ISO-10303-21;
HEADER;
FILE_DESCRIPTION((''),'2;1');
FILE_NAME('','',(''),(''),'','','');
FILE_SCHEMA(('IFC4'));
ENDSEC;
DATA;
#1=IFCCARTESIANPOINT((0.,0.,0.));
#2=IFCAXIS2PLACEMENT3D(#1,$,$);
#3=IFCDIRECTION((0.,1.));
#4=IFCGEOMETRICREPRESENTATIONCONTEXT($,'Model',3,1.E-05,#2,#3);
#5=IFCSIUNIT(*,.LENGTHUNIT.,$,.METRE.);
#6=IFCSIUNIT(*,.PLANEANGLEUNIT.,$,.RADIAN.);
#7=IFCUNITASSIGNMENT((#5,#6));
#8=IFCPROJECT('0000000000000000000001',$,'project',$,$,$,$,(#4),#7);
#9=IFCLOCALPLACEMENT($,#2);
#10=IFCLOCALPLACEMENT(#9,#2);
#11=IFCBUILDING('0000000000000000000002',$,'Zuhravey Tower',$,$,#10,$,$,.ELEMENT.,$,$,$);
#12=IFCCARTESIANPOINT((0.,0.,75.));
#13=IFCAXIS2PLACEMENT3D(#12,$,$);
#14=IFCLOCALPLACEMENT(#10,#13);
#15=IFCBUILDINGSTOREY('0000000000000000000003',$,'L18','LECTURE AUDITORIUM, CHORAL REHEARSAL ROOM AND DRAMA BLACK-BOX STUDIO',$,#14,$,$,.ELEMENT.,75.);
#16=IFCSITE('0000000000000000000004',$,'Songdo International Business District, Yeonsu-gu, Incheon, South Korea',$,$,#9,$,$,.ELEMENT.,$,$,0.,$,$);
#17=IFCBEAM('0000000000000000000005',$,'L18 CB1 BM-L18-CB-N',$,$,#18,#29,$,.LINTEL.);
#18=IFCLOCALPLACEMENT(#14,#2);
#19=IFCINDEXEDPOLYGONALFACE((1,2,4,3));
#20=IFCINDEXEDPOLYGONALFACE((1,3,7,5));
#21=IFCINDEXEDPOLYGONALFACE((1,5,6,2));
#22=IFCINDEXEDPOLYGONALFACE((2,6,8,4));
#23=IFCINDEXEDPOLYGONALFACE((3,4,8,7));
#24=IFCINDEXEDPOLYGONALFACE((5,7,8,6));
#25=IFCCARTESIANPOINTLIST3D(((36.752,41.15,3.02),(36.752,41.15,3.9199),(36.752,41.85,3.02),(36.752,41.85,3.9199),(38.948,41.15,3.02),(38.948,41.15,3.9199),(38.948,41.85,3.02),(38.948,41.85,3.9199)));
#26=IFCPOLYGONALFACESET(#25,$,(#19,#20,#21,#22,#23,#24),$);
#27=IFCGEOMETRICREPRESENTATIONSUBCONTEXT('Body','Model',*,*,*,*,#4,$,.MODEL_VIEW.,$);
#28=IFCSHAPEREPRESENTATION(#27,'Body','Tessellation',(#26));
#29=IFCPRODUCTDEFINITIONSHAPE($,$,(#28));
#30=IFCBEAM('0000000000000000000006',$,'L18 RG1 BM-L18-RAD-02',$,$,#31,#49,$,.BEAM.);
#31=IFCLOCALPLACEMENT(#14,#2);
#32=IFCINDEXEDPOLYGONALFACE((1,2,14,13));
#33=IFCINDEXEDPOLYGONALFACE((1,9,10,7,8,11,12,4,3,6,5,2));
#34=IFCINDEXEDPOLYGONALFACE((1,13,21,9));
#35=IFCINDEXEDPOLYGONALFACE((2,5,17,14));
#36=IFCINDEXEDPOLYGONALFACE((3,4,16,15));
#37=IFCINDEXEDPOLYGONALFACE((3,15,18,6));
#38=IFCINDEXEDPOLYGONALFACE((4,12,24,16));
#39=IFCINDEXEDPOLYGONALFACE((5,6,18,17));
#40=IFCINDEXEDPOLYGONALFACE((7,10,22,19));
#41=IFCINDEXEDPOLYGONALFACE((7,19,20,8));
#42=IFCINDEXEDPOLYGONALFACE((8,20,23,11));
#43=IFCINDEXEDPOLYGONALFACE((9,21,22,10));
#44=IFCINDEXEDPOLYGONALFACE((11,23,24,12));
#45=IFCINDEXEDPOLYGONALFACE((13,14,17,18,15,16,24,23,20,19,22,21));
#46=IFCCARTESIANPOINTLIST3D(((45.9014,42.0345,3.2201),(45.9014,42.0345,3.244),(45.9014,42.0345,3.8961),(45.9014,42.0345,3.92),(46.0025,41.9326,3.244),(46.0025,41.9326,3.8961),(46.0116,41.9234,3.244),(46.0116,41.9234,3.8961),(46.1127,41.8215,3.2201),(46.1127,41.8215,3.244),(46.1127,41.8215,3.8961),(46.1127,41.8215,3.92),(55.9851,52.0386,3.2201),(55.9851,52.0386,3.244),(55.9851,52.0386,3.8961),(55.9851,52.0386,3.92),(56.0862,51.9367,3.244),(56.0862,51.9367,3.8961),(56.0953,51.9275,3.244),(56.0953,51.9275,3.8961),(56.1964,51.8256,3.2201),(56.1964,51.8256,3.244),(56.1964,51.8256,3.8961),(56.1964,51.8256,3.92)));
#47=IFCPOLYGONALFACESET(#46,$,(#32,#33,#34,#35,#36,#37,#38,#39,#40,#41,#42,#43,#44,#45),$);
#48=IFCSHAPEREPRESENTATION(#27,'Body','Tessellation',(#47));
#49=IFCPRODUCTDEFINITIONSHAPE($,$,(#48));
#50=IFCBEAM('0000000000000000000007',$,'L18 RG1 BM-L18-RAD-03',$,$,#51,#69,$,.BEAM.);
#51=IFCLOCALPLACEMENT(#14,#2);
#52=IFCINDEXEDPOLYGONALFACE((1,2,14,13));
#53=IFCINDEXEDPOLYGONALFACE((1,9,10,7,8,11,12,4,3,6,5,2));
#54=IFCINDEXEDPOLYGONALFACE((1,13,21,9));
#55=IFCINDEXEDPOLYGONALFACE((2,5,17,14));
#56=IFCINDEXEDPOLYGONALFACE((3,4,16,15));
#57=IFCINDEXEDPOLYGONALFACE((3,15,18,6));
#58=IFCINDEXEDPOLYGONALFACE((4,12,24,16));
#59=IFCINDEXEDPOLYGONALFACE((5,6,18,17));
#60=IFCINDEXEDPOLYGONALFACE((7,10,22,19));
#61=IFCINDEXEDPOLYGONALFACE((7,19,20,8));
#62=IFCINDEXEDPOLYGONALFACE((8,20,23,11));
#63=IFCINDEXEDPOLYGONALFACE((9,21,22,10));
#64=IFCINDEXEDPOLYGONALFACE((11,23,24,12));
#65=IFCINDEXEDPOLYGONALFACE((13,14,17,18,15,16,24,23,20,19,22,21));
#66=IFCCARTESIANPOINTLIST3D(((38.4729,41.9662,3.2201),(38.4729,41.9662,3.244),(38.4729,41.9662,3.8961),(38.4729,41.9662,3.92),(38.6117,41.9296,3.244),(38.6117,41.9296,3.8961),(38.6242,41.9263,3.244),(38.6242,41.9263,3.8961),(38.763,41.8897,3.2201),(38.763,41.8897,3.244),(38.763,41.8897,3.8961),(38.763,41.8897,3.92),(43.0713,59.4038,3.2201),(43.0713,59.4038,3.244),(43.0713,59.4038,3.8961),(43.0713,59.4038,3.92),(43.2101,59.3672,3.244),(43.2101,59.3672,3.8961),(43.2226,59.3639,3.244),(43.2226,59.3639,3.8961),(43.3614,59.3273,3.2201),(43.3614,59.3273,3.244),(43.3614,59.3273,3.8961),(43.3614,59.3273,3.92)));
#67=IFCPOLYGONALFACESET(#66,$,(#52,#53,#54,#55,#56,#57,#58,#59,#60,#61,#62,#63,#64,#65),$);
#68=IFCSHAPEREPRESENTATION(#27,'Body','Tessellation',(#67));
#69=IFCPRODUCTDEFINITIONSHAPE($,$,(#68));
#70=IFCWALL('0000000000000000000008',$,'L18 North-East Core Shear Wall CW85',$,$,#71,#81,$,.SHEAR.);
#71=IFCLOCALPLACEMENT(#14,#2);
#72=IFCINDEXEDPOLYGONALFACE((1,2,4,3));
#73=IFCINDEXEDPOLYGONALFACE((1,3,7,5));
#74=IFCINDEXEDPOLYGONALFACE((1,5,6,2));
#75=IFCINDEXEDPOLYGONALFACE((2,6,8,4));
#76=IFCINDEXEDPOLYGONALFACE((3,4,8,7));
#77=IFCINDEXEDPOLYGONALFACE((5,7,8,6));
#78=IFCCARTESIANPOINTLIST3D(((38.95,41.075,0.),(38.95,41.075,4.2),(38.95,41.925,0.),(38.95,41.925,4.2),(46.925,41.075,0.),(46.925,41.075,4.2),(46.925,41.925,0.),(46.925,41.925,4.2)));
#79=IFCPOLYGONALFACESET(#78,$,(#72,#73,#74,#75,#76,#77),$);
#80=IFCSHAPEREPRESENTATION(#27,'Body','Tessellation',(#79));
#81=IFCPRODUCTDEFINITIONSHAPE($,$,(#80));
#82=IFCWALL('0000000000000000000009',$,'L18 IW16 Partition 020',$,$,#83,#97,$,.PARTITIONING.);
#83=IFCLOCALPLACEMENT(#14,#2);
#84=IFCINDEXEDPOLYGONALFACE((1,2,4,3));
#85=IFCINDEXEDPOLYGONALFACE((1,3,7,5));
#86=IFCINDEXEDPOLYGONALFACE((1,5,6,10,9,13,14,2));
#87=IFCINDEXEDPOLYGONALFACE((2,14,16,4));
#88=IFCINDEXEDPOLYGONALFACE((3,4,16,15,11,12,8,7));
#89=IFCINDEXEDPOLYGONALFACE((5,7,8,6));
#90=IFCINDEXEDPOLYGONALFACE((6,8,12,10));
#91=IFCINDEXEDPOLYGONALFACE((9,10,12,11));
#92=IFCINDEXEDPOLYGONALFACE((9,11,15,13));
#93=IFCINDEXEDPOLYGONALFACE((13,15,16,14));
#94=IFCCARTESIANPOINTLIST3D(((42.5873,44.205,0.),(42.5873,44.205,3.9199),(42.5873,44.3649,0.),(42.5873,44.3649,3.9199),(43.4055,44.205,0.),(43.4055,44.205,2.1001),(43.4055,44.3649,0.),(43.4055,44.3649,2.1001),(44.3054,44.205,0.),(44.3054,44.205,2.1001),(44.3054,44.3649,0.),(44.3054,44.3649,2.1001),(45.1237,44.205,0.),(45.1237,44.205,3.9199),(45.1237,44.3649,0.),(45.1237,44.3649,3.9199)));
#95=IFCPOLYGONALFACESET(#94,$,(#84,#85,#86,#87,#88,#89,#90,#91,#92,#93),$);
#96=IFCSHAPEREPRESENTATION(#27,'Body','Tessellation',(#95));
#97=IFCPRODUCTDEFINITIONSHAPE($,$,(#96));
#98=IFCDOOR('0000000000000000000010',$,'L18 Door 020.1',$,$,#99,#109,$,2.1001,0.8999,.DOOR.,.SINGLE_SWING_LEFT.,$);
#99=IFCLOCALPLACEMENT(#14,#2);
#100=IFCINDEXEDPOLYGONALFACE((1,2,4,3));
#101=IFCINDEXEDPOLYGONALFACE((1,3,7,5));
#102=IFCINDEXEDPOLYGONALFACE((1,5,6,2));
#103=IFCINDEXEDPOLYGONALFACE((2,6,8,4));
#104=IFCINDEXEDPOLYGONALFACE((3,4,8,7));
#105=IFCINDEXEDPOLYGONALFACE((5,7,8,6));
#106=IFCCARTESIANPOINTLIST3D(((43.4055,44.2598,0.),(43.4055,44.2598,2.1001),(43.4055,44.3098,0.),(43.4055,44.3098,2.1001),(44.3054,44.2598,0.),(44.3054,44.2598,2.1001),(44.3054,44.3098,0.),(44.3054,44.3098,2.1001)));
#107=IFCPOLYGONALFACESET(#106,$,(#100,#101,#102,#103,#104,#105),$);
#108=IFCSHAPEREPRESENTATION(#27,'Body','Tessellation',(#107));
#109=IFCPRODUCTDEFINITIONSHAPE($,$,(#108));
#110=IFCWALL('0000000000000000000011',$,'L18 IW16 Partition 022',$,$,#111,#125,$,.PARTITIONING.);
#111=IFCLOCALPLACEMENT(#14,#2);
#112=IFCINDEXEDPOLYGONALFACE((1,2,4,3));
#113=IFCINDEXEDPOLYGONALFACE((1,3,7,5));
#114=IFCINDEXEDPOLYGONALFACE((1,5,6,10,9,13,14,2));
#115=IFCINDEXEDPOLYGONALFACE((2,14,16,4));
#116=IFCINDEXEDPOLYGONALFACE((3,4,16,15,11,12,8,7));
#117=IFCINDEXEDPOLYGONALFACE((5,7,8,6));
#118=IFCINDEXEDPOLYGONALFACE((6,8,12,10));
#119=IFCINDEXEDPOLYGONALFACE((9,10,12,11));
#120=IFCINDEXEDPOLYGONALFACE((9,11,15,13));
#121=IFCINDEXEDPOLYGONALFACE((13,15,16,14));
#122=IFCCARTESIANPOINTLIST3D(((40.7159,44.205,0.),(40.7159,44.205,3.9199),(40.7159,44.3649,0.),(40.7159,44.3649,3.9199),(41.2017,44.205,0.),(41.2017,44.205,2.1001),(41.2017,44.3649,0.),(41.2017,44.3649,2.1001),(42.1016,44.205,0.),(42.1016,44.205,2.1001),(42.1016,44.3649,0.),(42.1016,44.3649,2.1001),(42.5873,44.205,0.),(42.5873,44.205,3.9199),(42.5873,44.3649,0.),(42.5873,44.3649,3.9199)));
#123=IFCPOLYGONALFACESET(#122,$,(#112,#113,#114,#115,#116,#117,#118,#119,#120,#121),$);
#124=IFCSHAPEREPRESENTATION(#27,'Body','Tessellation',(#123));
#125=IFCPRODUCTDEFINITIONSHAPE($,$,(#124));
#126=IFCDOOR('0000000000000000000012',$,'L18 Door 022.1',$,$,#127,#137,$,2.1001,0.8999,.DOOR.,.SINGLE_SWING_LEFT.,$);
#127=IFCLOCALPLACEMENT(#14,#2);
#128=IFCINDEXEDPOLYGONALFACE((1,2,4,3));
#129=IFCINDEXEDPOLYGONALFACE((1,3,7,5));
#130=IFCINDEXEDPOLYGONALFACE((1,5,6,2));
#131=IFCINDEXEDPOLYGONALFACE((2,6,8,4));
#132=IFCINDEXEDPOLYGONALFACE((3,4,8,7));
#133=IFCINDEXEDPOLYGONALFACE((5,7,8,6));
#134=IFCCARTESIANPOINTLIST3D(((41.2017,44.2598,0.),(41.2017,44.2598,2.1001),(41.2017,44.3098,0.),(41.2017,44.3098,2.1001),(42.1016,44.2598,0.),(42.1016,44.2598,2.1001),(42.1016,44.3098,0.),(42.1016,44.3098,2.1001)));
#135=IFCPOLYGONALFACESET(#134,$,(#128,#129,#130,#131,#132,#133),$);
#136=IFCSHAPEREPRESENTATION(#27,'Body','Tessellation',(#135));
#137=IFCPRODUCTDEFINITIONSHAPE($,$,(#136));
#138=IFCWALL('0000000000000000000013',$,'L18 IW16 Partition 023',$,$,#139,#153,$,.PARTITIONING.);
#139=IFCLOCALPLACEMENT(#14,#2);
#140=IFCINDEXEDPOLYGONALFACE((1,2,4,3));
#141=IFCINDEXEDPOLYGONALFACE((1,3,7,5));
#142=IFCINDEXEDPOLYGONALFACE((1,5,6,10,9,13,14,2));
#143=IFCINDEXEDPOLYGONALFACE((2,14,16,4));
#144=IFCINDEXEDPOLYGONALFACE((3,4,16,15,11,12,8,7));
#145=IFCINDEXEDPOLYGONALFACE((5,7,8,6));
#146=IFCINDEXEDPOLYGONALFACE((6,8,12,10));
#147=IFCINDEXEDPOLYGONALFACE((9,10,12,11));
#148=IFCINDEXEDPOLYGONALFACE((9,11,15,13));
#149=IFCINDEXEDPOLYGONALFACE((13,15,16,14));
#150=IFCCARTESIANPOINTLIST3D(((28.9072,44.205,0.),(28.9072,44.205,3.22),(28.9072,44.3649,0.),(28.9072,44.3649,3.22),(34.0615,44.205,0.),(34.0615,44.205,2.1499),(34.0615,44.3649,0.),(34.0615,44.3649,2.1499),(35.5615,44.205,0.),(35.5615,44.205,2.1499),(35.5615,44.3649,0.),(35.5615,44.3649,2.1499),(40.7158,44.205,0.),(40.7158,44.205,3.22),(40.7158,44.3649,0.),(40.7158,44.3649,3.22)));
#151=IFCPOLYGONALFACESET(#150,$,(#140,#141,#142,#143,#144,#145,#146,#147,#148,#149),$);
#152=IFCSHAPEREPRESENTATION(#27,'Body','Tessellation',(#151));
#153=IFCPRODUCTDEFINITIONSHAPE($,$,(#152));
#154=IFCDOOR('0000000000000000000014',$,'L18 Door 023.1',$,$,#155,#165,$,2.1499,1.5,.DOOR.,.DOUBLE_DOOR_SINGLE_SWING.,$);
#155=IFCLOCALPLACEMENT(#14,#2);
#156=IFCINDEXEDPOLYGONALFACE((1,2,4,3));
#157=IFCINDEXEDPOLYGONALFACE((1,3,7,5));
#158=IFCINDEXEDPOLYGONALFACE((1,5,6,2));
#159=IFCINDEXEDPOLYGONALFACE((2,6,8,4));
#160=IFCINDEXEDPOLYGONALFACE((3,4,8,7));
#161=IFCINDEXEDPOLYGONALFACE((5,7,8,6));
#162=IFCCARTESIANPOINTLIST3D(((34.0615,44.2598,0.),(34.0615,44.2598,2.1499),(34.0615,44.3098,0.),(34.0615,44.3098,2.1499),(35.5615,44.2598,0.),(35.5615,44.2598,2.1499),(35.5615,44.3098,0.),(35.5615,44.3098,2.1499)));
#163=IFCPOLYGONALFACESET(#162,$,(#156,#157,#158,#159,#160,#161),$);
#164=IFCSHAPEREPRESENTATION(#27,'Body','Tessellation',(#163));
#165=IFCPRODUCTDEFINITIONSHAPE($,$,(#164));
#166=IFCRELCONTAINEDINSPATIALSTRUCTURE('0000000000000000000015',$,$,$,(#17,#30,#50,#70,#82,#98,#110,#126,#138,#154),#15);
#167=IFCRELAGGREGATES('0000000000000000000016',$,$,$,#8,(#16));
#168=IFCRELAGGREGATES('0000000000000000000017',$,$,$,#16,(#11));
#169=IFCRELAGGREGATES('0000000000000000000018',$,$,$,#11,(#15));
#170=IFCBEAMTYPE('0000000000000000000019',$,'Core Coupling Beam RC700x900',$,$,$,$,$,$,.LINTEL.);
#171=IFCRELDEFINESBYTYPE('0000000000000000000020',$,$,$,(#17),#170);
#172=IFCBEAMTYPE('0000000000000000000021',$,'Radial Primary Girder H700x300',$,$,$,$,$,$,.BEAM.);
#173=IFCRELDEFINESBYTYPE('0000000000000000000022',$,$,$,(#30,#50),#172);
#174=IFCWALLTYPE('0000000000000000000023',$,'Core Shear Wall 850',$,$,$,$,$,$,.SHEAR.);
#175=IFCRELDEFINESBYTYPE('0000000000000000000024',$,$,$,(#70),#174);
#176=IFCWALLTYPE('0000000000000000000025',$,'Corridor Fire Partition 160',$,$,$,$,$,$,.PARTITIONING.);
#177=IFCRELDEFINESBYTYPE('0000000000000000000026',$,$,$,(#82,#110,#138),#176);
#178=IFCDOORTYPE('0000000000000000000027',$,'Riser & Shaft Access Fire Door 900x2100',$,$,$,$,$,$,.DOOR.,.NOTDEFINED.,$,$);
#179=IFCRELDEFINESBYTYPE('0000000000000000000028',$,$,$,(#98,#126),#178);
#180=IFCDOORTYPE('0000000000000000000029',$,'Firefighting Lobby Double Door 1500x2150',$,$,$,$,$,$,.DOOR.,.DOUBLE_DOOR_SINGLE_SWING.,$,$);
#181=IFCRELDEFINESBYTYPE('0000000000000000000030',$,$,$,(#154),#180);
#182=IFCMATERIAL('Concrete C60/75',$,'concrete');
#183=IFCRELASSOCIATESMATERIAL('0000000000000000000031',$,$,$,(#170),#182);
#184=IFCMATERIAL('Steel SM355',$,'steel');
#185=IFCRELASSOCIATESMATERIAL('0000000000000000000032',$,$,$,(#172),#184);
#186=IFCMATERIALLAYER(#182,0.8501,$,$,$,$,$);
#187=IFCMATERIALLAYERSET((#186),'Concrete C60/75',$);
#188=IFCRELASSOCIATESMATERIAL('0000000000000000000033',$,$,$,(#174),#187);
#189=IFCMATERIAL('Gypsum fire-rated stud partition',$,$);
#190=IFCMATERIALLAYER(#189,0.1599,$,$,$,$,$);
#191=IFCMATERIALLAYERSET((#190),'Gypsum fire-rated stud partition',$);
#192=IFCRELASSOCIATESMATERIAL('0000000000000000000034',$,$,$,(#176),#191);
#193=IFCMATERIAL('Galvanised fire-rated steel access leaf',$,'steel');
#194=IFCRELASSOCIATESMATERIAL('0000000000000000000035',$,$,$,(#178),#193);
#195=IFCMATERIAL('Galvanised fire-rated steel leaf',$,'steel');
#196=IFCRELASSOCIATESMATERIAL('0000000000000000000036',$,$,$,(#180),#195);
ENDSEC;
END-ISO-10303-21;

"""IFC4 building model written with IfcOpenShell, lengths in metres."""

from ifc_helpers import new_model, si_unit, direction, frame, frame_2d, origin, origin_2d, place, context, subcontext, project, spatial, rectangle, i_section, extrude, material, layer, layer_set, material_profile, profile_set, type_object, element, fill, save


model = new_model("IFC4")

# Units and contexts
model_context = context("Model", 3, precision=1e-05, world=origin(), true_north=direction((0.0, 1.0)))
body_context = subcontext(model_context, "Body", "Model", "MODEL_VIEW")
ifc_project = project(units=[si_unit("LENGTHUNIT", "METRE"), si_unit("PLANEANGLEUNIT", "RADIAN")], contexts=[model_context])

# Site, building, storey
site_placement = place(None, origin())
site = spatial("IfcSite", under=ifc_project, at=site_placement, Name="Songdo International Business District, Yeonsu-gu, Incheon, South Korea", CompositionType="ELEMENT", RefElevation=0.0)
building_placement = place(site_placement, origin())
building = spatial("IfcBuilding", under=site, at=building_placement, Name="Zuhravey Tower", CompositionType="ELEMENT")
storey_placement = place(building_placement, frame((0.0, 0.0, 75.0)))
storey = spatial("IfcBuildingStorey", under=building, at=storey_placement, Name="L18", Description="LECTURE AUDITORIUM, CHORAL REHEARSAL ROOM AND DRAMA BLACK-BOX STUDIO", CompositionType="ELEMENT", Elevation=75.0)

# Beams
ifc_material_1 = material(Name="Concrete C60/75", Category="concrete")
ifc_material_profile_1 = material_profile(ifc_material_1, rectangle(XDim=0.7, YDim=0.8999, at=origin_2d()), Name="RC-700x900")
ifc_profile_set_1 = profile_set([ifc_material_profile_1], Name="Concrete C60/75")
beam_type_1 = type_object("IfcBeamType", Name="Core Coupling Beam RC700x900", PredefinedType="LINTEL", material=ifc_profile_set_1)
beam_1_placement = place(storey_placement, frame((36.752, 41.5, 3.47), z_axis=(1.0, 0.0, 0.0), x_axis=(0.0, 1.0, 0.0)))
element("IfcBeam", 1, at=beam_1_placement, inside=storey, type_object=beam_type_1, Name="L18 CB1 BM-L18-CB-N", PredefinedType="LINTEL", context=body_context, shape_type="SweptSolid", body=[
    extrude(rectangle(XDim=0.7, YDim=0.8999, at=origin_2d()), origin(), (0.0, 0.0, 1.0), 2.196),
])
ifc_material_2 = material(Name="Steel SM355", Category="steel")
ifc_material_profile_2 = material_profile(ifc_material_2, i_section(OverallWidth=0.3, OverallDepth=0.7, WebThickness=0.0129, FlangeThickness=0.0239, at=origin_2d()), Name="H-700x300x13x24")
ifc_profile_set_2 = profile_set([ifc_material_profile_2], Name="Steel SM355")
beam_type_2 = type_object("IfcBeamType", Name="Radial Primary Girder H700x300", PredefinedType="BEAM", material=ifc_profile_set_2)
beam_2_placement = place(storey_placement, frame((46.0071, 41.928, 3.5701), z_axis=(0.709903, 0.7043, 0.0), x_axis=(-0.7043, 0.709903, 0.0)))
element("IfcBeam", 2, at=beam_2_placement, inside=storey, type_object=beam_type_2, Name="L18 RG1 BM-L18-RAD-02", PredefinedType="BEAM", context=body_context, shape_type="SweptSolid", body=[
    extrude(i_section(OverallWidth=0.3, OverallDepth=0.7, WebThickness=0.0129, FlangeThickness=0.0239, at=origin_2d()), origin(), (0.0, 0.0, 1.0), 14.2043),
])
beam_3_placement = place(storey_placement, frame((38.6179, 41.928, 3.5701), z_axis=(0.25499, 0.966944, 0.0), x_axis=(-0.966944, 0.25499, 0.0)))
element("IfcBeam", 3, at=beam_3_placement, inside=storey, type_object=beam_type_2, Name="L18 RG1 BM-L18-RAD-03", PredefinedType="BEAM", context=body_context, shape_type="SweptSolid", body=[
    extrude(i_section(OverallWidth=0.3, OverallDepth=0.7, WebThickness=0.0129, FlangeThickness=0.0239, at=origin_2d()), origin(), (0.0, 0.0, 1.0), 18.0337),
])

# Wall
ifc_layer_1 = layer(ifc_material_1, 0.8501)
ifc_layer_set_1 = layer_set([ifc_layer_1], Name="Concrete C60/75")
wall_type_1 = type_object("IfcWallType", Name="Core Shear Wall 850", PredefinedType="SHEAR", material=ifc_layer_set_1)
wall_1_placement = place(storey_placement, frame((46.925, 41.5, 0.0), z_axis=(0.0, 0.0, 1.0), x_axis=(-1.0, 0.0, 0.0)))
element("IfcWall", 4, at=wall_1_placement, inside=storey, type_object=wall_type_1, Name="L18 North-East Core Shear Wall CW85", PredefinedType="SHEAR", context=body_context, shape_type="SweptSolid", body=[
    extrude(rectangle(XDim=7.9751, YDim=0.8501, at=frame_2d((3.9875, 0.0))), origin(), (0.0, 0.0, 1.0), 4.2),
])

# Walls, openings, doors
ifc_material_3 = material(Name="Galvanised fire-rated steel leaf", Category="steel")
ifc_material_4 = material(Name="Gypsum fire-rated stud partition")
ifc_layer_2 = layer(ifc_material_4, 0.1599)
ifc_layer_set_2 = layer_set([ifc_layer_2], Name="Gypsum fire-rated stud partition")
wall_type_2 = type_object("IfcWallType", Name="Corridor Fire Partition 160", PredefinedType="PARTITIONING", material=ifc_layer_set_2)
wall_2_placement = place(storey_placement, frame((45.1235, 44.2849, 0.0), z_axis=(0.0, 0.0, 1.0), x_axis=(-1.0, 0.0, 0.0)))
wall_2 = element("IfcWall", 5, at=wall_2_placement, inside=storey, type_object=wall_type_2, Name="L18 IW16 Partition 020", PredefinedType="PARTITIONING", context=body_context, shape_type="SweptSolid", body=[
    extrude(rectangle(XDim=2.5364, YDim=0.1599, at=frame_2d((1.2681, 0.0))), origin(), (0.0, 0.0, 1.0), 3.9199),
])
opening_1_placement = place(wall_2_placement, frame((0.8181, 0.0, 0.0)))
opening_1 = element("IfcOpeningElement", 6, at=opening_1_placement, cuts=wall_2, PredefinedType="OPENING", context=body_context, shape_type="SweptSolid", body=[
    extrude(rectangle(XDim=0.8999, YDim=2.1001, at=frame_2d((0.45, 1.05))), frame((0.0, 0.092, 0.0), z_axis=(0.0, -1.0, 0.0), x_axis=(1.0, 0.0, 0.0)), (0.0, 0.0, 1.0), 0.1838),
])
ifc_material_5 = material(Name="Galvanised fire-rated steel access leaf", Category="steel")
door_type_1 = type_object("IfcDoorType", Name="Riser & Shaft Access Fire Door 900x2100", OperationType="NOTDEFINED", PredefinedType="DOOR", material=ifc_material_5)
door_1_placement = place(opening_1_placement, frame((0.8999, 0.0, 0.0), z_axis=(0.0, 0.0, 1.0), x_axis=(-1.0, 0.0, 0.0)))
door_1 = element("IfcDoor", 7, at=door_1_placement, inside=storey, type_object=door_type_1, Name="L18 Door 020.1", OperationType="SINGLE_SWING_LEFT", OverallHeight=2.1001, OverallWidth=0.8999, PredefinedType="DOOR", context=body_context, shape_type="SweptSolid", body=[
    extrude(rectangle(XDim=0.8999, YDim=2.1001, at=frame_2d((0.45, 1.05))), frame((0.0, 0.0249, 0.0), z_axis=(0.0, -1.0, 0.0), x_axis=(1.0, 0.0, 0.0)), (0.0, 0.0, 1.0), 0.05),
])
fill(opening_1, door_1)
wall_3_placement = place(storey_placement, frame((42.5872, 44.2849, 0.0), z_axis=(0.0, 0.0, 1.0), x_axis=(-1.0, 0.0, 0.0)))
wall_3 = element("IfcWall", 8, at=wall_3_placement, inside=storey, type_object=wall_type_2, Name="L18 IW16 Partition 022", PredefinedType="PARTITIONING", context=body_context, shape_type="SweptSolid", body=[
    extrude(rectangle(XDim=1.8713, YDim=0.1599, at=frame_2d((0.9355, 0.0))), origin(), (0.0, 0.0, 1.0), 3.9199),
])
opening_2_placement = place(wall_3_placement, frame((0.4856, 0.0, 0.0)))
opening_2 = element("IfcOpeningElement", 9, at=opening_2_placement, cuts=wall_3, PredefinedType="OPENING", context=body_context, shape_type="SweptSolid", body=[
    extrude(rectangle(XDim=0.8999, YDim=2.1001, at=frame_2d((0.45, 1.05))), frame((0.0, 0.092, 0.0), z_axis=(0.0, -1.0, 0.0), x_axis=(1.0, 0.0, 0.0)), (0.0, 0.0, 1.0), 0.1838),
])
door_2_placement = place(opening_2_placement, frame((0.8999, 0.0, 0.0), z_axis=(0.0, 0.0, 1.0), x_axis=(-1.0, 0.0, 0.0)))
door_2 = element("IfcDoor", 10, at=door_2_placement, inside=storey, type_object=door_type_1, Name="L18 Door 022.1", OperationType="SINGLE_SWING_LEFT", OverallHeight=2.1001, OverallWidth=0.8999, PredefinedType="DOOR", context=body_context, shape_type="SweptSolid", body=[
    extrude(rectangle(XDim=0.8999, YDim=2.1001, at=frame_2d((0.45, 1.05))), frame((0.0, 0.0249, 0.0), z_axis=(0.0, -1.0, 0.0), x_axis=(1.0, 0.0, 0.0)), (0.0, 0.0, 1.0), 0.05),
])
fill(opening_2, door_2)
wall_4_placement = place(storey_placement, frame((40.7158, 44.2849, 0.0), z_axis=(0.0, 0.0, 1.0), x_axis=(-1.0, 0.0, 0.0)))
wall_4 = element("IfcWall", 11, at=wall_4_placement, inside=storey, type_object=wall_type_2, Name="L18 IW16 Partition 023", PredefinedType="PARTITIONING", context=body_context, shape_type="SweptSolid", body=[
    extrude(rectangle(XDim=11.8086, YDim=0.1599, at=frame_2d((5.9043, 0.0))), origin(), (0.0, 0.0, 1.0), 3.22),
])
opening_3_placement = place(wall_4_placement, frame((5.1543, 0.0, 0.0)))
opening_3 = element("IfcOpeningElement", 12, at=opening_3_placement, cuts=wall_4, PredefinedType="OPENING", context=body_context, shape_type="SweptSolid", body=[
    extrude(rectangle(XDim=1.5, YDim=2.1499, at=frame_2d((0.75, 1.075))), frame((0.0, 0.092, 0.0), z_axis=(0.0, -1.0, 0.0), x_axis=(1.0, 0.0, 0.0)), (0.0, 0.0, 1.0), 0.1838),
])
door_type_2 = type_object("IfcDoorType", Name="Firefighting Lobby Double Door 1500x2150", OperationType="DOUBLE_DOOR_SINGLE_SWING", PredefinedType="DOOR", material=ifc_material_3)
door_3_placement = place(opening_3_placement, frame((1.5, 0.0, 0.0), z_axis=(0.0, 0.0, 1.0), x_axis=(-1.0, 0.0, 0.0)))
door_3 = element("IfcDoor", 13, at=door_3_placement, inside=storey, type_object=door_type_2, Name="L18 Door 023.1", OperationType="DOUBLE_DOOR_SINGLE_SWING", OverallHeight=2.1499, OverallWidth=1.5, PredefinedType="DOOR", context=body_context, shape_type="SweptSolid", body=[
    extrude(rectangle(XDim=1.5, YDim=2.1499, at=frame_2d((0.75, 1.075))), frame((0.0, 0.0249, 0.0), z_axis=(0.0, -1.0, 0.0), x_axis=(1.0, 0.0, 0.0)), (0.0, 0.0, 1.0), 0.05),
])
fill(opening_3, door_3)

save(model, "model.ifc")
